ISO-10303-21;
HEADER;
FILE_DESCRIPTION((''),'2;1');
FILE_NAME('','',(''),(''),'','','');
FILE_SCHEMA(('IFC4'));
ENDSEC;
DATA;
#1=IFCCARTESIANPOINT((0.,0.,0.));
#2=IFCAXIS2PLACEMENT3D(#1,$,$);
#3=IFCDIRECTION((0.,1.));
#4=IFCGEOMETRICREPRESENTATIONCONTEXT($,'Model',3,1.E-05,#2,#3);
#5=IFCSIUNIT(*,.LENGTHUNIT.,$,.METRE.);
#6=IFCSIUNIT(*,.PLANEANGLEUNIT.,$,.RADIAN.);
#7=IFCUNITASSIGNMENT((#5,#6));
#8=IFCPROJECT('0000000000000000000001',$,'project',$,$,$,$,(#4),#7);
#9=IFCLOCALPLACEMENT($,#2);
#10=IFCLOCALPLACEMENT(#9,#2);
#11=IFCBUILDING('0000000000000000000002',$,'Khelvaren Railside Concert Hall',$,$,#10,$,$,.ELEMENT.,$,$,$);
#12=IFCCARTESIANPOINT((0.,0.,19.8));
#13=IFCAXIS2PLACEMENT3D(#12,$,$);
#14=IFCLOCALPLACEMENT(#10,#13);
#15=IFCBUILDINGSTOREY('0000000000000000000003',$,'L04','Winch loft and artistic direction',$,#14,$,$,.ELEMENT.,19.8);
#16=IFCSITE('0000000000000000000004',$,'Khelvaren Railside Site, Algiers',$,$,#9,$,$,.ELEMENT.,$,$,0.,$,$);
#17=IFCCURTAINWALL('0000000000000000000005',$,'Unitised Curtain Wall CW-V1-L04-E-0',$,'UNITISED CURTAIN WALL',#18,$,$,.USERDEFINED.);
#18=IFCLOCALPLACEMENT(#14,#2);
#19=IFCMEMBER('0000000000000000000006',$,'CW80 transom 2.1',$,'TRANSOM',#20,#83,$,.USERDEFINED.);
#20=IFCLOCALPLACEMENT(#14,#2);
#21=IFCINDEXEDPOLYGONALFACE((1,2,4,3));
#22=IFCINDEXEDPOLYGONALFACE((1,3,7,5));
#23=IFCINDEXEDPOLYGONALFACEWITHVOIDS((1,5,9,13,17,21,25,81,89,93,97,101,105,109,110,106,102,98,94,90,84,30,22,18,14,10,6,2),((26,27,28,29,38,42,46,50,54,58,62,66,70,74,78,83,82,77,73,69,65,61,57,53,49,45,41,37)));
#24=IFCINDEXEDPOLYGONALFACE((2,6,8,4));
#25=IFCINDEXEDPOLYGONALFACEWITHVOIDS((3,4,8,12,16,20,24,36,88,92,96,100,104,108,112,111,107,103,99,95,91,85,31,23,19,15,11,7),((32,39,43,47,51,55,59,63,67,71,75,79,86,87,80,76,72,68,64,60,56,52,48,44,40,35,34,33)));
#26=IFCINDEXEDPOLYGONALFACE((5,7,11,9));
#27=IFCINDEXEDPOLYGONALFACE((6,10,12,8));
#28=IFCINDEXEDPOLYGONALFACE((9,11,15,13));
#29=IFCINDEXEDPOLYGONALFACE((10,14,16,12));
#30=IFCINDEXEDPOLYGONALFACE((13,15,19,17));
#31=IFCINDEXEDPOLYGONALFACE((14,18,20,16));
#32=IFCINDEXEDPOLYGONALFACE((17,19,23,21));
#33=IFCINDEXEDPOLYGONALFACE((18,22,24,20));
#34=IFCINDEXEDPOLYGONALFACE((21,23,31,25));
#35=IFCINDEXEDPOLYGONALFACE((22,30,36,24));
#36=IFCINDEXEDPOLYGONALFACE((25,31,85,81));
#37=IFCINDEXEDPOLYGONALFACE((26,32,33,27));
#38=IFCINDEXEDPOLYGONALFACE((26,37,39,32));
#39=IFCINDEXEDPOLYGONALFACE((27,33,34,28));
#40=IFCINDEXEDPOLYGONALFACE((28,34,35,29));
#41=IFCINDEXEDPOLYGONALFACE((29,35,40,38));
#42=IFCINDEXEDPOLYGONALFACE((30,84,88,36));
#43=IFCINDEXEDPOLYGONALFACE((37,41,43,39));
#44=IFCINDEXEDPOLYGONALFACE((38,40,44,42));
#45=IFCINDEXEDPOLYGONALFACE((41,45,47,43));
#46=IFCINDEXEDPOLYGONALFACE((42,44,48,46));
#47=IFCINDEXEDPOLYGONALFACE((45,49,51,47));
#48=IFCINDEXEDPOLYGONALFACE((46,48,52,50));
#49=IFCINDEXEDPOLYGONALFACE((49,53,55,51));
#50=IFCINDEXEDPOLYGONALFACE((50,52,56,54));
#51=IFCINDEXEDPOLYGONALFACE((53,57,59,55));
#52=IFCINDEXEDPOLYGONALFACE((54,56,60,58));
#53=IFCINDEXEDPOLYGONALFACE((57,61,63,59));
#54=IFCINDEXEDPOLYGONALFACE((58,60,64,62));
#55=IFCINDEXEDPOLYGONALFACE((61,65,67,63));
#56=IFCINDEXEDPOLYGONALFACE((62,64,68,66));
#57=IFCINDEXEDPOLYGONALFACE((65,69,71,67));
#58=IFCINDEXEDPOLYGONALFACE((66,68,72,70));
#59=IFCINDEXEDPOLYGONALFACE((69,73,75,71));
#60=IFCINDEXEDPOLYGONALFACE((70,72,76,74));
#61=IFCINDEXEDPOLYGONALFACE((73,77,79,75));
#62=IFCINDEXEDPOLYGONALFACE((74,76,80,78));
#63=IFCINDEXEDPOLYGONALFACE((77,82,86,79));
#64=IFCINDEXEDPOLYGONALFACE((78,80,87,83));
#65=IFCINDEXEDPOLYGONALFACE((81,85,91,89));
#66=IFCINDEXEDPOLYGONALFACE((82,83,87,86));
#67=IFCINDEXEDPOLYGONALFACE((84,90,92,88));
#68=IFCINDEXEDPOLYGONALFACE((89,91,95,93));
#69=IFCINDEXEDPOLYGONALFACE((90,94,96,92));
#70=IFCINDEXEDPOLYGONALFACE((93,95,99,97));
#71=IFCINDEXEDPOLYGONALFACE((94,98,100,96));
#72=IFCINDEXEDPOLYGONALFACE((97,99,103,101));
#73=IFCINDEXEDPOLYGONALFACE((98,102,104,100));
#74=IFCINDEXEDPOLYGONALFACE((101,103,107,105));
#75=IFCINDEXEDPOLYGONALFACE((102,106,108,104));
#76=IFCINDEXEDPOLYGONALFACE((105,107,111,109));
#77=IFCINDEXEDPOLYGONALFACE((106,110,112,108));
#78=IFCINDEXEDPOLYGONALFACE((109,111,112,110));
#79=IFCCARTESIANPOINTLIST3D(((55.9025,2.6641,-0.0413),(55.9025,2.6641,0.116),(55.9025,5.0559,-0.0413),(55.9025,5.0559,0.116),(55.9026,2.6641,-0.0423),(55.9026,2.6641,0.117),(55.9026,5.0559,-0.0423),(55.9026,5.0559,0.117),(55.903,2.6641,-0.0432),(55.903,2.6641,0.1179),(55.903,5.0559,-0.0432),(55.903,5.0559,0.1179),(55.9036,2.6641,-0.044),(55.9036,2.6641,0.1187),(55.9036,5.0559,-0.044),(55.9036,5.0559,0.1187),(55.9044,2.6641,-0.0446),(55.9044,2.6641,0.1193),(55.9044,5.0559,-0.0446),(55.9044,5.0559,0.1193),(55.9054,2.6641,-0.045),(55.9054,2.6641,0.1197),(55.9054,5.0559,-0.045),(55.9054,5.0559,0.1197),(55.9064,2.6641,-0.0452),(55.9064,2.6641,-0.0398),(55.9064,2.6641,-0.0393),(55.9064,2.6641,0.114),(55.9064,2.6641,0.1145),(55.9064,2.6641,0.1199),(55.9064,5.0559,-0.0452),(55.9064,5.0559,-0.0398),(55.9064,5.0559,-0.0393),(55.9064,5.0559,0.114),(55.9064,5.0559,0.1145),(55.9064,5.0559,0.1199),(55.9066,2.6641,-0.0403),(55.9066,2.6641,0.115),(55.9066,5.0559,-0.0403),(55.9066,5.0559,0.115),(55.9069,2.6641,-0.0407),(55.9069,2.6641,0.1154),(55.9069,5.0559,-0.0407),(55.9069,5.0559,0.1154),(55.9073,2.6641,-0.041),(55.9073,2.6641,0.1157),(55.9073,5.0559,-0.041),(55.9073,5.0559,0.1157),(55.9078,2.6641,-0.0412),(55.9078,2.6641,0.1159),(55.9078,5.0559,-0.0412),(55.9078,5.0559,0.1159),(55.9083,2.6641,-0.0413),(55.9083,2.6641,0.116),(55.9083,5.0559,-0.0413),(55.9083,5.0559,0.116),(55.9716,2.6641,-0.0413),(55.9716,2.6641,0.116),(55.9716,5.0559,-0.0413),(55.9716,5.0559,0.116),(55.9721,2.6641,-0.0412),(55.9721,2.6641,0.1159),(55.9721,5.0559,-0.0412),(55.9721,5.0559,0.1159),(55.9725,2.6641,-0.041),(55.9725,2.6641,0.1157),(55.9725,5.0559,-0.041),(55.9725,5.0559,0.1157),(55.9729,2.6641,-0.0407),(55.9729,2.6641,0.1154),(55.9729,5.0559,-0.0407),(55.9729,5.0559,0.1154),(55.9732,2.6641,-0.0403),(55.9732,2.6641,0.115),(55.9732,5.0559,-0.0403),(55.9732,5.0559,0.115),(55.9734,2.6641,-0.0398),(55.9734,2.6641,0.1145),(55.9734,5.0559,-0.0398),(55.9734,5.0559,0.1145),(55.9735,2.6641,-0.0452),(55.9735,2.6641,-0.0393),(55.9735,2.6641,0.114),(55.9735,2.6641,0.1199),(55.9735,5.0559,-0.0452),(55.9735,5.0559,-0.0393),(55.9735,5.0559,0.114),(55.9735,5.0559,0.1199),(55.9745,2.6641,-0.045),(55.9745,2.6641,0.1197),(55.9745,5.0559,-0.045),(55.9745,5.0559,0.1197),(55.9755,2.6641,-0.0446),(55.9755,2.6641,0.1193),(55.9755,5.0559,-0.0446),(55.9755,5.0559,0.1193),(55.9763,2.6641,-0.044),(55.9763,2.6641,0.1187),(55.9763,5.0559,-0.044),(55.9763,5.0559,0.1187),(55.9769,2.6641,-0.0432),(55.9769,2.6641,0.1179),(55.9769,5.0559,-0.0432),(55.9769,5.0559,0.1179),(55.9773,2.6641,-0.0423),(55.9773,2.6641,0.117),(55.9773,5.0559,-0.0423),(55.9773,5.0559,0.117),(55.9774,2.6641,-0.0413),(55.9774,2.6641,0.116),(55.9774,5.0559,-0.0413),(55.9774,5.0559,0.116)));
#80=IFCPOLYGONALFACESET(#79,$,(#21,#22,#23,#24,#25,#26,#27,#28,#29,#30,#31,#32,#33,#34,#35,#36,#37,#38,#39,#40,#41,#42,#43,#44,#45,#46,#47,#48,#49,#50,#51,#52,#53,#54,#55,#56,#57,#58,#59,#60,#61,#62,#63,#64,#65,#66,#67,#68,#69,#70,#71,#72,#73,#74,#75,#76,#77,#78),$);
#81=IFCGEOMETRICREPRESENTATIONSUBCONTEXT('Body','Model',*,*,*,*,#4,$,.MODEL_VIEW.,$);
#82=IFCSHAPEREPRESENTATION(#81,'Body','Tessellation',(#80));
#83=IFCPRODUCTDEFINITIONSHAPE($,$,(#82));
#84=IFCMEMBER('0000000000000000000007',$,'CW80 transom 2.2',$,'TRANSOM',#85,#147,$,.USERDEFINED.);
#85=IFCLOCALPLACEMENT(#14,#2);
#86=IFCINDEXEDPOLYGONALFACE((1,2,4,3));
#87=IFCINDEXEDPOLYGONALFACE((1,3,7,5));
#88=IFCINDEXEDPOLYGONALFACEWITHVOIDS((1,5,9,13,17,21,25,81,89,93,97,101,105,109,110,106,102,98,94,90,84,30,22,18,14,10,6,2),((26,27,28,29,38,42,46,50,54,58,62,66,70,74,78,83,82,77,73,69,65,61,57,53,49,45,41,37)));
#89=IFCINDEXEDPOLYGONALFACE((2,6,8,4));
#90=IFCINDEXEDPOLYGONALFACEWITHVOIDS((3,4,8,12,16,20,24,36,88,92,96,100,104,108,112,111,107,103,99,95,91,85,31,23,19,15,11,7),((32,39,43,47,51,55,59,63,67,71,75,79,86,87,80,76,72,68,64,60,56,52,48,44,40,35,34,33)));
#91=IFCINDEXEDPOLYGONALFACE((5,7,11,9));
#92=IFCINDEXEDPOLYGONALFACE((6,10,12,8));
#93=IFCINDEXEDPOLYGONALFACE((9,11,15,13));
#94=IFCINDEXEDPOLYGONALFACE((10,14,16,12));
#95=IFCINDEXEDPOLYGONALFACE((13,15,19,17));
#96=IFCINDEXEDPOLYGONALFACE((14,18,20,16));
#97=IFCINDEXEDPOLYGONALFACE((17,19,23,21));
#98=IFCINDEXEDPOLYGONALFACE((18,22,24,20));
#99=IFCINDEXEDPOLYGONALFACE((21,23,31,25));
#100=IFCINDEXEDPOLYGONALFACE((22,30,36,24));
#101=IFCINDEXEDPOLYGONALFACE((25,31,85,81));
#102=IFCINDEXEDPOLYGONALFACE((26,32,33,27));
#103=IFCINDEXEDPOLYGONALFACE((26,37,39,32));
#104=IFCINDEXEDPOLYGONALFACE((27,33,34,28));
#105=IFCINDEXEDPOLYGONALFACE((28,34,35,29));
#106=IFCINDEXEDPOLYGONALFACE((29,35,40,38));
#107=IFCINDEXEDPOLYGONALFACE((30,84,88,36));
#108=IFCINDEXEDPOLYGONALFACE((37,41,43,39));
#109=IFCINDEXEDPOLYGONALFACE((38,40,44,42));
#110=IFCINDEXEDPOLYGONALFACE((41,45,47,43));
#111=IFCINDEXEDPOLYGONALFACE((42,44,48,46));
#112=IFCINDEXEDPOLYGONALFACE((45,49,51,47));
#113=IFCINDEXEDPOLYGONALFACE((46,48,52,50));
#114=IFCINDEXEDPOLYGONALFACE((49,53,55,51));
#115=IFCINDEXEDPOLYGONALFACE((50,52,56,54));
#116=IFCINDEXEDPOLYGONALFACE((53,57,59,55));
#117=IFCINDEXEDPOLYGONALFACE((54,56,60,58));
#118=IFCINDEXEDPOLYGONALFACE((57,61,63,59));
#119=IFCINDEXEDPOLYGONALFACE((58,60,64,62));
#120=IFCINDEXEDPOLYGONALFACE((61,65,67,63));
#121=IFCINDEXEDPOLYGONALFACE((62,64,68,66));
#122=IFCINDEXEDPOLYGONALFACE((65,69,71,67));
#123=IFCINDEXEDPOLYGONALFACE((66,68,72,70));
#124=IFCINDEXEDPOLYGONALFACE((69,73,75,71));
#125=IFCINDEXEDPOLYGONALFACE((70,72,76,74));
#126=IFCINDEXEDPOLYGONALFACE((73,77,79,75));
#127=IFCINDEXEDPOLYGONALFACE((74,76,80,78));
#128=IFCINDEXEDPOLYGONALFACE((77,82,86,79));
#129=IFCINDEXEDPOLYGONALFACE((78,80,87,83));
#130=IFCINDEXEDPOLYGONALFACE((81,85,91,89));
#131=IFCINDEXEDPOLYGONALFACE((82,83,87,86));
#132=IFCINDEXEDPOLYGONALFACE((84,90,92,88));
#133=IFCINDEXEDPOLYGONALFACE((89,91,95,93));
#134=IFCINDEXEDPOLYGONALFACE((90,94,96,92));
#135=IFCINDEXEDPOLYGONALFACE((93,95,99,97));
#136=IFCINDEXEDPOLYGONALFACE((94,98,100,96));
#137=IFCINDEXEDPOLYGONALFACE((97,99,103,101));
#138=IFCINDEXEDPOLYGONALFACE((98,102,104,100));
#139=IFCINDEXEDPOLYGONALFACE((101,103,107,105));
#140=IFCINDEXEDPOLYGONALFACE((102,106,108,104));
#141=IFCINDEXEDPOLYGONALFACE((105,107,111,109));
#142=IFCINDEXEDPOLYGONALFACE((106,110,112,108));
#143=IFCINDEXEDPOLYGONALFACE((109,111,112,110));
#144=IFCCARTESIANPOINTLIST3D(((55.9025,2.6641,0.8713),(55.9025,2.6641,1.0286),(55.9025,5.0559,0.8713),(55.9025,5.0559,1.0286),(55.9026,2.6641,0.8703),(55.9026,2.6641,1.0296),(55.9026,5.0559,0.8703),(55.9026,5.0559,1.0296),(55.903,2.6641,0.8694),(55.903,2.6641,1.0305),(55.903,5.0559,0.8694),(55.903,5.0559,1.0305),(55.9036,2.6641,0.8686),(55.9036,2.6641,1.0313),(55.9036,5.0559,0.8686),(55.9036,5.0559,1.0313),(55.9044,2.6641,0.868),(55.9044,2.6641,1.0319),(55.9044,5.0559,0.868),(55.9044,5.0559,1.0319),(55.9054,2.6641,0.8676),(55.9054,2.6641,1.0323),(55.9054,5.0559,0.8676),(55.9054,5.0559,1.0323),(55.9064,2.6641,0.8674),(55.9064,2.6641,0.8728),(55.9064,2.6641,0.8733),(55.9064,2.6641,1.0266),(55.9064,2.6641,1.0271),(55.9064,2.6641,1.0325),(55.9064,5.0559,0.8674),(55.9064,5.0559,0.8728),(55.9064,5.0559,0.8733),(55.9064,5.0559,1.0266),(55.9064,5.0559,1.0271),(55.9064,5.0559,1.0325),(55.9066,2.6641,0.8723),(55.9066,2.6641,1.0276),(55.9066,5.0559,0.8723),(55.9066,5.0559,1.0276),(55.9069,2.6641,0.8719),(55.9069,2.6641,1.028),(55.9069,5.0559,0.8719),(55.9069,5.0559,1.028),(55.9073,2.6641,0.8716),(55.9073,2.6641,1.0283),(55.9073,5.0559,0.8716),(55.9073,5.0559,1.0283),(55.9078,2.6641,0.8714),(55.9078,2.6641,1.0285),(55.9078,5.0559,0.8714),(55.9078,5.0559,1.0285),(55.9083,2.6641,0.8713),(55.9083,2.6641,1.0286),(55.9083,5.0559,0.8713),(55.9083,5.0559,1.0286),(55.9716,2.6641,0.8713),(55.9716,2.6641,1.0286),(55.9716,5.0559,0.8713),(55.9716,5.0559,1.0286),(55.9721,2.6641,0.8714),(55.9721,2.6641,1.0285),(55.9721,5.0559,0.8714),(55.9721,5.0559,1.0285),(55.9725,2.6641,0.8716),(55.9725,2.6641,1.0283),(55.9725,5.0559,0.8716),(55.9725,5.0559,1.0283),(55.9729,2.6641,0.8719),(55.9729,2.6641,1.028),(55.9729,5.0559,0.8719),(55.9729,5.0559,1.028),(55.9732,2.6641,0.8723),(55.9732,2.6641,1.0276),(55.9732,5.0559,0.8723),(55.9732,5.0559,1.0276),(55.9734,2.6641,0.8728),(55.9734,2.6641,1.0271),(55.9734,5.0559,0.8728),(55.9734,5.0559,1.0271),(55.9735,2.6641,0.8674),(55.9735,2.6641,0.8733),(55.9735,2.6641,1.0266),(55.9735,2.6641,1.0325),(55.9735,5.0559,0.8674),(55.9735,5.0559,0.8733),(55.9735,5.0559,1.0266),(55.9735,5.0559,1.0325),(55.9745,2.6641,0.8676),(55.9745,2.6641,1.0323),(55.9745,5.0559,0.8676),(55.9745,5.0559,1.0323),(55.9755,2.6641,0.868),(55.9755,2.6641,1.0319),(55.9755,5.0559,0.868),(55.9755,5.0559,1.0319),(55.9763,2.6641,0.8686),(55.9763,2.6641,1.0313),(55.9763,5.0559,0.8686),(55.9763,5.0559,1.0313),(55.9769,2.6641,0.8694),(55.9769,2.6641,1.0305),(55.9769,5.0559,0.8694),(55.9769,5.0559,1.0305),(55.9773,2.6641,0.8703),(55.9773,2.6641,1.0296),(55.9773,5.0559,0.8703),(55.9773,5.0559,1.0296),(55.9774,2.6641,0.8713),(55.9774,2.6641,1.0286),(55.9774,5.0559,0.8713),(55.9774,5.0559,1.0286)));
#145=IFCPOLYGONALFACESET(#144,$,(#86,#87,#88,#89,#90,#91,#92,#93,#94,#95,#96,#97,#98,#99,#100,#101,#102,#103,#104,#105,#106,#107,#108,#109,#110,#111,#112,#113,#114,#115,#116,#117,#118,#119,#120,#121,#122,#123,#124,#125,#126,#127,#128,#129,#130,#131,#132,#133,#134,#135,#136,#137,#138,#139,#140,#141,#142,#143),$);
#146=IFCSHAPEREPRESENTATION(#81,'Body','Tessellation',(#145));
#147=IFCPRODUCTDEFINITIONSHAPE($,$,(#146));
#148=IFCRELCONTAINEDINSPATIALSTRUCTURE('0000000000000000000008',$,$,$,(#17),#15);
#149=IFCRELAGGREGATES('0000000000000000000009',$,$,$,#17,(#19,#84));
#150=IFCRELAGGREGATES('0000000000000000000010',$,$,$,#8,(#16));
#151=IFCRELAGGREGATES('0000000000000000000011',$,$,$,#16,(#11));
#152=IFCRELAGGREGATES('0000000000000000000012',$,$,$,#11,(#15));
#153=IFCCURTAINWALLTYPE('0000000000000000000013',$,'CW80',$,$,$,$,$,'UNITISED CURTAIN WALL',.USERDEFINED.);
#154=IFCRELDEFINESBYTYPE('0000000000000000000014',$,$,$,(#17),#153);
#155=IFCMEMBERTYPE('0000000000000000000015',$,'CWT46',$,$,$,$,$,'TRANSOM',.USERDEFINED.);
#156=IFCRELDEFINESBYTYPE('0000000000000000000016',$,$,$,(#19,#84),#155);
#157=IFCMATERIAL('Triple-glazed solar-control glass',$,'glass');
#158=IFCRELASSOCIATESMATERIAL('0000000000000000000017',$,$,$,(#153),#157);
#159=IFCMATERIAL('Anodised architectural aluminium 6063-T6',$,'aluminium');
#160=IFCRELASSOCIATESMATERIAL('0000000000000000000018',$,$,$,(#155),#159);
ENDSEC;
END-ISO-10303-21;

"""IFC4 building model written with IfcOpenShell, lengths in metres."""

from ifc_helpers import new_model, si_unit, direction, frame, origin, origin_2d, place, context, subcontext, project, spatial, hollow_rectangle, extrude, material, material_profile, profile_set, type_object, element, aggregate, save


model = new_model("IFC4")

# Units and contexts
model_context = context("Model", 3, precision=1e-05, world=origin(), true_north=direction((0.0, 1.0)))
body_context = subcontext(model_context, "Body", "Model", "MODEL_VIEW")
ifc_project = project(units=[si_unit("LENGTHUNIT", "METRE"), si_unit("PLANEANGLEUNIT", "RADIAN")], contexts=[model_context])

# Site, building, storey
site_placement = place(None, origin())
site = spatial("IfcSite", under=ifc_project, at=site_placement, Name="Khelvaren Railside Site, Algiers", CompositionType="ELEMENT", RefElevation=0.0)
building_placement = place(site_placement, origin())
building = spatial("IfcBuilding", under=site, at=building_placement, Name="Khelvaren Railside Concert Hall", CompositionType="ELEMENT")
storey_placement = place(building_placement, frame((0.0, 0.0, 19.8)))
storey = spatial("IfcBuildingStorey", under=building, at=storey_placement, Name="L04", Description="Winch loft and artistic direction", CompositionType="ELEMENT", Elevation=19.8)

# Curtain wall, members
ifc_material_1 = material(Name="Triple-glazed solar-control glass", Category="glass")
curtain_wall_type = type_object("IfcCurtainWallType", Name="CW80", ElementType="UNITISED CURTAIN WALL", PredefinedType="USERDEFINED", material=ifc_material_1)
curtain_wall_placement = place(storey_placement, origin())
curtain_wall = element("IfcCurtainWall", 1, at=curtain_wall_placement, inside=storey, type_object=curtain_wall_type, Name="Unitised Curtain Wall CW-V1-L04-E-0", ObjectType="UNITISED CURTAIN WALL", PredefinedType="USERDEFINED")
ifc_material_2 = material(Name="Anodised architectural aluminium 6063-T6", Category="aluminium")
ifc_material_profile_1 = material_profile(ifc_material_2, hollow_rectangle(XDim=0.075, YDim=0.165, WallThickness=0.0039, InnerFilletRadius=0.002, OuterFilletRadius=0.0039, at=origin_2d()), Name="CWT 75x165x4")
ifc_profile_set_1 = profile_set([ifc_material_profile_1], Name="Anodised architectural aluminium 6063-T6")
member_type_1 = type_object("IfcMemberType", Name="CWT46", ElementType="TRANSOM", PredefinedType="USERDEFINED", material=ifc_profile_set_1)
member_1_placement = place(storey_placement, frame((55.9399, 5.0559, 0.0374), z_axis=(0.0, -1.0, 0.0), x_axis=(1.0, 0.0, 0.0)))
member_1 = element("IfcMember", 2, at=member_1_placement, type_object=member_type_1, Name="CW80 transom 2.1", ObjectType="TRANSOM", PredefinedType="USERDEFINED", context=body_context, shape_type="SweptSolid", body=[
    extrude(hollow_rectangle(XDim=0.075, YDim=0.165, WallThickness=0.0039, InnerFilletRadius=0.002, OuterFilletRadius=0.0039, at=origin_2d()), origin(), (0.0, 0.0, 1.0), 2.3918),
])
member_2_placement = place(storey_placement, frame((55.9399, 5.0559, 0.95), z_axis=(0.0, -1.0, 0.0), x_axis=(1.0, 0.0, 0.0)))
member_2 = element("IfcMember", 3, at=member_2_placement, type_object=member_type_1, Name="CW80 transom 2.2", ObjectType="TRANSOM", PredefinedType="USERDEFINED", context=body_context, shape_type="SweptSolid", body=[
    extrude(hollow_rectangle(XDim=0.075, YDim=0.165, WallThickness=0.0039, InnerFilletRadius=0.002, OuterFilletRadius=0.0039, at=origin_2d()), origin(), (0.0, 0.0, 1.0), 2.3918),
])

aggregate(curtain_wall, [member_1, member_2])

save(model, "model.ifc")
